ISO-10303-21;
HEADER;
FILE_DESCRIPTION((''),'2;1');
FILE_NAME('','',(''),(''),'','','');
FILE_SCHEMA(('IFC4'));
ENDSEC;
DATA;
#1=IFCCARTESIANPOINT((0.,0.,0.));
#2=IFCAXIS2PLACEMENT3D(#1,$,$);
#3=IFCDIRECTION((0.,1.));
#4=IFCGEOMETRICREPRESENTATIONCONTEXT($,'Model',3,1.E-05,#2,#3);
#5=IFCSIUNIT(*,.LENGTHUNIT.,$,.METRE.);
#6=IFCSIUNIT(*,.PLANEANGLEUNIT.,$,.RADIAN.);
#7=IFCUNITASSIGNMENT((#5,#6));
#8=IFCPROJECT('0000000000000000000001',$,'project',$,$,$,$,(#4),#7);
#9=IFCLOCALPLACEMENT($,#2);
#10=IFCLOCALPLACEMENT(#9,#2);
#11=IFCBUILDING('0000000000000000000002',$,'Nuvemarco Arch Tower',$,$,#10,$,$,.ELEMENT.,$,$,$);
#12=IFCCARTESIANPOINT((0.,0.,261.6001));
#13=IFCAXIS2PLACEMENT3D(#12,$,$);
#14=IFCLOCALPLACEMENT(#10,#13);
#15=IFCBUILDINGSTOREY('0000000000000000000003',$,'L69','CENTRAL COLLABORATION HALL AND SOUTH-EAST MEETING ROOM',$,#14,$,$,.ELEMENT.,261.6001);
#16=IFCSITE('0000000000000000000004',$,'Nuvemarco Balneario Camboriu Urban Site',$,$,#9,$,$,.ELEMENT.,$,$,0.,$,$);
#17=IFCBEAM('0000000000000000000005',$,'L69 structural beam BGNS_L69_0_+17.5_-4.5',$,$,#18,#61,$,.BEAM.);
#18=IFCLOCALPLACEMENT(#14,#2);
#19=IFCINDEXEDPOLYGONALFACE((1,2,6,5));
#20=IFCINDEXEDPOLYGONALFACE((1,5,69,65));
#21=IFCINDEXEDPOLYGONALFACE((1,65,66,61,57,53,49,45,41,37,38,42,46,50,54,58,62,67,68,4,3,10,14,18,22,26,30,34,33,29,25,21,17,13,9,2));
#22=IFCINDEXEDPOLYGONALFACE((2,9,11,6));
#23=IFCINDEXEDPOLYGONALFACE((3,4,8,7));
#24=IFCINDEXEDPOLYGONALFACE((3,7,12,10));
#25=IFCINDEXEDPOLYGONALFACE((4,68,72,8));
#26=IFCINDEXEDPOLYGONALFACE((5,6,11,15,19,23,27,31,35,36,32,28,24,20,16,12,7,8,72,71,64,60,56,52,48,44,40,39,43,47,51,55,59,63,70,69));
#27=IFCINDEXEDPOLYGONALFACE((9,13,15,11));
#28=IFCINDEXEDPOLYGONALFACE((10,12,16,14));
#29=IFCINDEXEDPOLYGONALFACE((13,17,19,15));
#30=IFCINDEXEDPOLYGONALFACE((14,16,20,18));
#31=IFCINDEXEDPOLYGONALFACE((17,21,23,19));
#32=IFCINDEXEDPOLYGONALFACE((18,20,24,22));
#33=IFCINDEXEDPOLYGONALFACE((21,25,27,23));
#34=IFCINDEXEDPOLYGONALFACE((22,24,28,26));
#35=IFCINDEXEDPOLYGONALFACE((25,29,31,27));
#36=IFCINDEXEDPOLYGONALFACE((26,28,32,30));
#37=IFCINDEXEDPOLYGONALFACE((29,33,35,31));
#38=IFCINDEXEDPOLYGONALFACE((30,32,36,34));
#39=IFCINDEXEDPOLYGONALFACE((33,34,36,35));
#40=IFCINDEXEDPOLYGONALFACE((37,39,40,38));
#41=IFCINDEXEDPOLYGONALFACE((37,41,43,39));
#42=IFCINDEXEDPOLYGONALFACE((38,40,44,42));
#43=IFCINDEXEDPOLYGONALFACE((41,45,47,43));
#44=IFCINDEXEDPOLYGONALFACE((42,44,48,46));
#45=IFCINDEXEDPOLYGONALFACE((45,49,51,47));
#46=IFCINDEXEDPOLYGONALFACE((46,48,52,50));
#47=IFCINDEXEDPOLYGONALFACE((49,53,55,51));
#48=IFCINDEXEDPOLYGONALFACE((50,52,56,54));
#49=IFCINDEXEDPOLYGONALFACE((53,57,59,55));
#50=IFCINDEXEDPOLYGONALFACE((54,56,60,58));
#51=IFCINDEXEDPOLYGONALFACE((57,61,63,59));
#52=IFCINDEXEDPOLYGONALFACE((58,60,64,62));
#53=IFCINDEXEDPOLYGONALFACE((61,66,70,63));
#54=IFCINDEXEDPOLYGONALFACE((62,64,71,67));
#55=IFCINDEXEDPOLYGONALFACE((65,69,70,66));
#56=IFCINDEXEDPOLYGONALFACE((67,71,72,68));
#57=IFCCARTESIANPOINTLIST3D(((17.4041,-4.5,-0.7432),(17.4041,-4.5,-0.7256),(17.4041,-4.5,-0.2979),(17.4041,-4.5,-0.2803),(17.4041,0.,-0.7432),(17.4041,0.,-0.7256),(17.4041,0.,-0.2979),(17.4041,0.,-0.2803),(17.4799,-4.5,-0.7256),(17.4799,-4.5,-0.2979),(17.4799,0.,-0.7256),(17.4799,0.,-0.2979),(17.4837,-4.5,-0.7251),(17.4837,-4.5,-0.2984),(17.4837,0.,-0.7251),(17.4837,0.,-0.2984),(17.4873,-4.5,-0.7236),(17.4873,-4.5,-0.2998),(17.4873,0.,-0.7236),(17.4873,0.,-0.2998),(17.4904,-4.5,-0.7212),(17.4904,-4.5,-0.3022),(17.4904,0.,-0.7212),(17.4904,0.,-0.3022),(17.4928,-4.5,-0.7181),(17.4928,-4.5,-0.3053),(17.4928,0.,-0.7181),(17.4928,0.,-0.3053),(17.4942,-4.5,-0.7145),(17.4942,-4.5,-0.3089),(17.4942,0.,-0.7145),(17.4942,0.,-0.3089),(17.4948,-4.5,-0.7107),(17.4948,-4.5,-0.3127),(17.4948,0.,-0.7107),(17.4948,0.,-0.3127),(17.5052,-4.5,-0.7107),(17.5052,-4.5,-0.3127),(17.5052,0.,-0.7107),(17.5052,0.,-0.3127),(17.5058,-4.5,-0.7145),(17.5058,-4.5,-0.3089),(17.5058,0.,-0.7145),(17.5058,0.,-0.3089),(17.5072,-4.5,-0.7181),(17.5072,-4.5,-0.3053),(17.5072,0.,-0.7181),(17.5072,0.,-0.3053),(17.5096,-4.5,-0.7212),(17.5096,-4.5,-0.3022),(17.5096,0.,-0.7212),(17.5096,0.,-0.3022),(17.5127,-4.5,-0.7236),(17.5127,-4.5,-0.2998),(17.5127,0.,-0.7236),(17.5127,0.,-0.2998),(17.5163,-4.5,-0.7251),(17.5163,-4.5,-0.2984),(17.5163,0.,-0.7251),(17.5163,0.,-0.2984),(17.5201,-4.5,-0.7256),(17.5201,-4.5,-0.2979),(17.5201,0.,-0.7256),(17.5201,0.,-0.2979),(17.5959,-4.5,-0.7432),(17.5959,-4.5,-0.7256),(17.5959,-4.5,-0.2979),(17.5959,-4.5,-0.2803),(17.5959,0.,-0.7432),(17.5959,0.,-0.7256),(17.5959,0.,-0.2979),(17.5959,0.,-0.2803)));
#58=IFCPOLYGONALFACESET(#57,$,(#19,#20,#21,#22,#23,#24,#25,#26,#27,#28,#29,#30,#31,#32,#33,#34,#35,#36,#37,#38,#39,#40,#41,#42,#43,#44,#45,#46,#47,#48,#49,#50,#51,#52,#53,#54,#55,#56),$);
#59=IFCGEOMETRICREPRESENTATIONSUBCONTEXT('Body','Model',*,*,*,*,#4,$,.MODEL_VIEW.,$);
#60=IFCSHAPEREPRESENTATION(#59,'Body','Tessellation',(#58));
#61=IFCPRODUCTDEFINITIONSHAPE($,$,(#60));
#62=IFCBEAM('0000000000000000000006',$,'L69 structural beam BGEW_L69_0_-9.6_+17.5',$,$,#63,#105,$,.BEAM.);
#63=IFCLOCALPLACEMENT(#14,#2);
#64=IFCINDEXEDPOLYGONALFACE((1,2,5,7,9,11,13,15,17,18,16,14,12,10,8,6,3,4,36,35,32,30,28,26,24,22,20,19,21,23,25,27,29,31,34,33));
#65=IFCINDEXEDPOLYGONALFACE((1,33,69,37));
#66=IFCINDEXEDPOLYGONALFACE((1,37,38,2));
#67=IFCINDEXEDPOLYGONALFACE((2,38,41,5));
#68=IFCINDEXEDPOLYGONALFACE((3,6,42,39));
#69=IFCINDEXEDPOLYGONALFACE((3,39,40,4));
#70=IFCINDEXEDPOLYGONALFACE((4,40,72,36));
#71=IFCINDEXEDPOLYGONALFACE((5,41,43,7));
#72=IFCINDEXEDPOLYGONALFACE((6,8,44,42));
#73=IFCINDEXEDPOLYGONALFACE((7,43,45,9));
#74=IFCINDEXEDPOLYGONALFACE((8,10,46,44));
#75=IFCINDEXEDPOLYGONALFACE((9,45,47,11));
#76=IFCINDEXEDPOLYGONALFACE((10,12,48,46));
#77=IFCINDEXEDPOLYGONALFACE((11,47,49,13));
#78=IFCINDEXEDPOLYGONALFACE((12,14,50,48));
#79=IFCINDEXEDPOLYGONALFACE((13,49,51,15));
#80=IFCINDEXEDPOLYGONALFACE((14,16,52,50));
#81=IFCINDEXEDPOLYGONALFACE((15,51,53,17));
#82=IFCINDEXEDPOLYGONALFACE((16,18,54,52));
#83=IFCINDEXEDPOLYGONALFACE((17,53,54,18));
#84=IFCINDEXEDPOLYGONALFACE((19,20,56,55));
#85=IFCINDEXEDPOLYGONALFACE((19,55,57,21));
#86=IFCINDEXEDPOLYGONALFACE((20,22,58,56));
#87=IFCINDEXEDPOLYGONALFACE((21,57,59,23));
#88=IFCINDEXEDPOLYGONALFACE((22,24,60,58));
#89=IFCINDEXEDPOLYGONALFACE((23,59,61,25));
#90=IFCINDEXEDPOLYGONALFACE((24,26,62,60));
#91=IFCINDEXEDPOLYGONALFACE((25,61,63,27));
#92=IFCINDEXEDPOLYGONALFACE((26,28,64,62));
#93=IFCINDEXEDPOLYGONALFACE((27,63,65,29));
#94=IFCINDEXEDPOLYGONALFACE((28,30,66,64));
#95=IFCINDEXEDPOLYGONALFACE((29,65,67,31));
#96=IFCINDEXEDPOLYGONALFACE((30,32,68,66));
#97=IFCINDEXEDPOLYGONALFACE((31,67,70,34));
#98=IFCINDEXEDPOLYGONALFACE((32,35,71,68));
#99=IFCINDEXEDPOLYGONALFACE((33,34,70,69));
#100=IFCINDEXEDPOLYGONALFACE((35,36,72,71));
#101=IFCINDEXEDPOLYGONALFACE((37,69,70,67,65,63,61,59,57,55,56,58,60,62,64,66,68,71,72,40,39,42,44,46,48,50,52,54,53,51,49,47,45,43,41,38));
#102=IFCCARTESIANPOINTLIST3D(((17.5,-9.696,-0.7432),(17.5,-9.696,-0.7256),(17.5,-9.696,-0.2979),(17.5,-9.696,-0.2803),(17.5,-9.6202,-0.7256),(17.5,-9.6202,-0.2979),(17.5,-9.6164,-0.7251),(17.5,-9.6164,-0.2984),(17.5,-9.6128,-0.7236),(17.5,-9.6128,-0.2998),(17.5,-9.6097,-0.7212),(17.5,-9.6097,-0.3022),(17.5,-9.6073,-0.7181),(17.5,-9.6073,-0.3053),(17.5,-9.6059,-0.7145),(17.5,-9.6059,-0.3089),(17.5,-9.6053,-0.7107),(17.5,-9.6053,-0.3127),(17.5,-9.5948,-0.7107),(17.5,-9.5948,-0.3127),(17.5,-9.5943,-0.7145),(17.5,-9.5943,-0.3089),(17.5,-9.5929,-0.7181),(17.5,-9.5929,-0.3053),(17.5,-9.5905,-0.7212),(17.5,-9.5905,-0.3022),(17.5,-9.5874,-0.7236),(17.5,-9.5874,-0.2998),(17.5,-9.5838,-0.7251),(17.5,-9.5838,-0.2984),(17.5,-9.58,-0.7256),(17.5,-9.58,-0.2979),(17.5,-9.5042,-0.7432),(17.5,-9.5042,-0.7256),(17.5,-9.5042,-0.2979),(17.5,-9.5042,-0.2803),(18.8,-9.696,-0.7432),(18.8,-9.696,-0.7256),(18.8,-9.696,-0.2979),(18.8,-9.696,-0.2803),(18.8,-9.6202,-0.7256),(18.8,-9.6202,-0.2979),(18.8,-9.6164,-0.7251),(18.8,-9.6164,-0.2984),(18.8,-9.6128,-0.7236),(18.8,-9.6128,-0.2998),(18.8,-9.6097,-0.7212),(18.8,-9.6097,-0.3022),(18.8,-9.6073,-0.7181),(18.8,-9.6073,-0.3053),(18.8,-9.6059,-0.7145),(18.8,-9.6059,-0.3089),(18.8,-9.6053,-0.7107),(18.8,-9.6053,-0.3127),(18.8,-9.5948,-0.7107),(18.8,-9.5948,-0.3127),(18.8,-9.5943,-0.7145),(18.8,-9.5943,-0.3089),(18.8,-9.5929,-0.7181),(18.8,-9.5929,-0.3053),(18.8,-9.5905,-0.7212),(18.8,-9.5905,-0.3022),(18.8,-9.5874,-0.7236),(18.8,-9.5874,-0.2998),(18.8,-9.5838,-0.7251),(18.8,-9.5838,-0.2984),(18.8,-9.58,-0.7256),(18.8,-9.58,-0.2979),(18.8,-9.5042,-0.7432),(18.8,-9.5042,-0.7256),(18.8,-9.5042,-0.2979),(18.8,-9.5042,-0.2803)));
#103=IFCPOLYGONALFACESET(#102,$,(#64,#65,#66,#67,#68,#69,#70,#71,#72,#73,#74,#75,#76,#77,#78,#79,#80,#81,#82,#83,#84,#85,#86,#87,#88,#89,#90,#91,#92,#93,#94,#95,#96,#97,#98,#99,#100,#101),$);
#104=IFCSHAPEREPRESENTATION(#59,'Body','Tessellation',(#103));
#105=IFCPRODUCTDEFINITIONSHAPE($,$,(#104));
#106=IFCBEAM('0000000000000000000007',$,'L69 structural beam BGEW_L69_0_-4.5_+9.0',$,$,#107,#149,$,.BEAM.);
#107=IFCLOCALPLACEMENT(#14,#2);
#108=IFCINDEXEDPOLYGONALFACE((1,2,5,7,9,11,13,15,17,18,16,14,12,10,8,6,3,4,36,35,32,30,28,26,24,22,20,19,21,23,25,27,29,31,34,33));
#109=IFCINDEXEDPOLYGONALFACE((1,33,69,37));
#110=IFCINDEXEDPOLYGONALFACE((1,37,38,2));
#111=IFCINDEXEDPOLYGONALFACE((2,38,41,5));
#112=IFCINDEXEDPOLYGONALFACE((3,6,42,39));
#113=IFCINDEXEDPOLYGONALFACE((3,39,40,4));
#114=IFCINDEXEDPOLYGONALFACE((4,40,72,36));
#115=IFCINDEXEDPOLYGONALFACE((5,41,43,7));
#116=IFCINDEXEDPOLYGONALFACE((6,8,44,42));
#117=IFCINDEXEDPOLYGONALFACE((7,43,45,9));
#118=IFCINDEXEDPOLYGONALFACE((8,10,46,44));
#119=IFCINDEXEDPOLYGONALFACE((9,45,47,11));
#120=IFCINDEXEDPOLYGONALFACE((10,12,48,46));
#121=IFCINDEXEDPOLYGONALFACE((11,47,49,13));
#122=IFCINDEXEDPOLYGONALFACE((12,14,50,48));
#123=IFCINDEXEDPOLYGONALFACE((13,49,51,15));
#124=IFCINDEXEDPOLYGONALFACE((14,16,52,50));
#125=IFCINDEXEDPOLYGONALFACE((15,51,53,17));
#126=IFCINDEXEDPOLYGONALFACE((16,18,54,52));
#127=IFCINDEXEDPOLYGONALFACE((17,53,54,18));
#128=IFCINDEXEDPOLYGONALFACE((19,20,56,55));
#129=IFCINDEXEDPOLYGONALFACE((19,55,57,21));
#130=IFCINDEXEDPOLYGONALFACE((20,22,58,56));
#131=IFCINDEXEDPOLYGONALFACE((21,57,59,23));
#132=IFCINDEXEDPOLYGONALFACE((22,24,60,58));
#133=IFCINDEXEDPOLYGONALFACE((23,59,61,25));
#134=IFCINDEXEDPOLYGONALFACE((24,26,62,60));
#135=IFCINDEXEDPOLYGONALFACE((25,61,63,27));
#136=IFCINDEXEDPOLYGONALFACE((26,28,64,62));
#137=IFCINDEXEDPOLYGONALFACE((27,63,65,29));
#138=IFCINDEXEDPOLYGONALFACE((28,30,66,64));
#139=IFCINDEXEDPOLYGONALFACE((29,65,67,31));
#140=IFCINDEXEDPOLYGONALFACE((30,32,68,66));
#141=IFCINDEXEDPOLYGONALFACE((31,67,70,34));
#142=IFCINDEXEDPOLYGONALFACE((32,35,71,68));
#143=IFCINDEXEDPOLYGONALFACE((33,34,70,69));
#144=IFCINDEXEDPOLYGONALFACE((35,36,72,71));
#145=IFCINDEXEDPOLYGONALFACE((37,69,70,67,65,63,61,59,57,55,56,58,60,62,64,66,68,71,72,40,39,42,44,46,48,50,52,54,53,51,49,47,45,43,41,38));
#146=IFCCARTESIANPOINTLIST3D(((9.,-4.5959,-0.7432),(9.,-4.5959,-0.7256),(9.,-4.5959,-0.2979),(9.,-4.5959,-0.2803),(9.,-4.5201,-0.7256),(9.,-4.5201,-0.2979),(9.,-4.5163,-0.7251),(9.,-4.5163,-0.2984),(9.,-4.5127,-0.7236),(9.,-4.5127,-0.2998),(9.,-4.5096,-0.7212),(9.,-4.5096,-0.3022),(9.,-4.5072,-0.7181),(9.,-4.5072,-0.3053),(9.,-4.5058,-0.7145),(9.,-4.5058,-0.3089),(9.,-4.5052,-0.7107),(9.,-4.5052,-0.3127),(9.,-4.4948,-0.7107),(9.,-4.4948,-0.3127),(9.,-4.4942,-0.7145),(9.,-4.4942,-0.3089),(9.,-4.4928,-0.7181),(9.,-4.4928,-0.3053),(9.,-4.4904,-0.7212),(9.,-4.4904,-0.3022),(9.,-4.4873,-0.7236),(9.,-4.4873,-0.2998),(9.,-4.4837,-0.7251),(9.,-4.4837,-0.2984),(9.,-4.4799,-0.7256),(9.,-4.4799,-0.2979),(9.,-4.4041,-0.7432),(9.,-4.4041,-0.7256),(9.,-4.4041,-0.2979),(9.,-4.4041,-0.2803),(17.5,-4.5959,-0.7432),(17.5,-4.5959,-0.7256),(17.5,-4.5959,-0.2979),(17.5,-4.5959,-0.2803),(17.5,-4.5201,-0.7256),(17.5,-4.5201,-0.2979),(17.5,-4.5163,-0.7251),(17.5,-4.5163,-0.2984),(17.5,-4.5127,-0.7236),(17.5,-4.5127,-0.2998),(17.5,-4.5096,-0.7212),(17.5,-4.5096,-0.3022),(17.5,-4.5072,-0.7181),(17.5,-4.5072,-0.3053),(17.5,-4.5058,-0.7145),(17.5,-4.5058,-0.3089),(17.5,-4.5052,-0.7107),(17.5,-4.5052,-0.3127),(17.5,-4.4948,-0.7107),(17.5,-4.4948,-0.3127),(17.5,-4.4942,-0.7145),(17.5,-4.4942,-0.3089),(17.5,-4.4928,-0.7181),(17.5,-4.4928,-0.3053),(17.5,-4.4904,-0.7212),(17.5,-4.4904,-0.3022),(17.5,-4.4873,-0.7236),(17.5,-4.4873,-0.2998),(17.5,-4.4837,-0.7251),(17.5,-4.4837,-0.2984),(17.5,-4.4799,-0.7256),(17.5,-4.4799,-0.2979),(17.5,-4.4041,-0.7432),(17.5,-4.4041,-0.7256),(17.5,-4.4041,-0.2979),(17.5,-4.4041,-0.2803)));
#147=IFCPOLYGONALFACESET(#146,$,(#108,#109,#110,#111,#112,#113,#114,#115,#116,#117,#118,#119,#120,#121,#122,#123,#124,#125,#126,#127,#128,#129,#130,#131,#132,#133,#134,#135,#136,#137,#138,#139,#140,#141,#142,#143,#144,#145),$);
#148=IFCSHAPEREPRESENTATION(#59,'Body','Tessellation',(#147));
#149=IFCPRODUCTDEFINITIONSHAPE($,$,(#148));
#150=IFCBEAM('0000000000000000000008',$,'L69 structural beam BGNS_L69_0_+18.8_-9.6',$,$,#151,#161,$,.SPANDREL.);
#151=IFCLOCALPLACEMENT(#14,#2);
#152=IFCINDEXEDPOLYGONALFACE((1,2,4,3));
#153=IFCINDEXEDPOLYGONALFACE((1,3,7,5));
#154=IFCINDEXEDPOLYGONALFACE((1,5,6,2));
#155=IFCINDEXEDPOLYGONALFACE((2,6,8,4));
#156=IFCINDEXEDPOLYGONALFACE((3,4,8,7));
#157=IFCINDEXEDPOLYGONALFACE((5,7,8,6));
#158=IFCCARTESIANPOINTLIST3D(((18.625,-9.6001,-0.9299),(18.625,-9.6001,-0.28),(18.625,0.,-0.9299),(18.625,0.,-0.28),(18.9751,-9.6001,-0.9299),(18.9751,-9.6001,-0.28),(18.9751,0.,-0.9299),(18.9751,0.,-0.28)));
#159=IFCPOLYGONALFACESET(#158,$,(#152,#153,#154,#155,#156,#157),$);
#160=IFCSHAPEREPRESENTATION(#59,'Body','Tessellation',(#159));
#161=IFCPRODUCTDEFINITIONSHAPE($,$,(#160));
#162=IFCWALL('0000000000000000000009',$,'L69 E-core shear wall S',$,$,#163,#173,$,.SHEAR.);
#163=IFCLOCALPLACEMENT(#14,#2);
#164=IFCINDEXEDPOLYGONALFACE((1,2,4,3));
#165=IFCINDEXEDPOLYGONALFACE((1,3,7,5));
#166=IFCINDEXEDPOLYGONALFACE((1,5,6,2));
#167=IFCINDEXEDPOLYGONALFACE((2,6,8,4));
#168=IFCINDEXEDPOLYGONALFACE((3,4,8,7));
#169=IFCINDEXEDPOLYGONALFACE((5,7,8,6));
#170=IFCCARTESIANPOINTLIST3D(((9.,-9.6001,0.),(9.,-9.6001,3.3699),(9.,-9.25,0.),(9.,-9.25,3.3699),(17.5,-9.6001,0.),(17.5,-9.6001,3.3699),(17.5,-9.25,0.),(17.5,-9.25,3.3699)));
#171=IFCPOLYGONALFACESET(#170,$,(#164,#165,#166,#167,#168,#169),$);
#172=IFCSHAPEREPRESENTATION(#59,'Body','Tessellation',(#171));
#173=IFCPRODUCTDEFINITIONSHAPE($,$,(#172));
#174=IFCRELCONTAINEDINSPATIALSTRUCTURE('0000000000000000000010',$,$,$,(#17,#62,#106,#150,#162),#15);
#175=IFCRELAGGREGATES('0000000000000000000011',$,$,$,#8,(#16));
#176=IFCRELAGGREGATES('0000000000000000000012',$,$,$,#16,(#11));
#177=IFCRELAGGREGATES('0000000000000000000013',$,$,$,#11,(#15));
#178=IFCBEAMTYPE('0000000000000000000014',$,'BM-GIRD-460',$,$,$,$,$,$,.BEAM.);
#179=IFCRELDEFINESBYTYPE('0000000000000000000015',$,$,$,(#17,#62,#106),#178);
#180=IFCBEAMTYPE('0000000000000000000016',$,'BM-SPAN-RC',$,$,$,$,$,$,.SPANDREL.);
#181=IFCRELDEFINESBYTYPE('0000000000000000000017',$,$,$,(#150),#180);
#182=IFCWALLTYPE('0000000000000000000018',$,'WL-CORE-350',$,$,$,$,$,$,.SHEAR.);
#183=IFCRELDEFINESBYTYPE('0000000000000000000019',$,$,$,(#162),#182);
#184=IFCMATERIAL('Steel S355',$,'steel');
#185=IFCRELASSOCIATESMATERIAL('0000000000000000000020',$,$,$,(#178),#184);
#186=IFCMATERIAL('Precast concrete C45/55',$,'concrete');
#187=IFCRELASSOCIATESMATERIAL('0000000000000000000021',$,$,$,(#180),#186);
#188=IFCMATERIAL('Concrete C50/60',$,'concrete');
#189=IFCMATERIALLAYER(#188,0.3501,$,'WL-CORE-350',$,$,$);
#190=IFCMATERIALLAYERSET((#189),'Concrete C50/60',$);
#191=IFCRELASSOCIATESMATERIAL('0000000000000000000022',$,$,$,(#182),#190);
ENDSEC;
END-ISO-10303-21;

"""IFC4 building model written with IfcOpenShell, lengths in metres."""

from ifc_helpers import new_model, si_unit, direction, frame, frame_2d, origin, origin_2d, place, context, subcontext, project, spatial, rectangle, i_section, extrude, material, layer, layer_set, material_profile, profile_set, type_object, element, save


model = new_model("IFC4")

# Units and contexts
model_context = context("Model", 3, precision=1e-05, world=origin(), true_north=direction((0.0, 1.0)))
body_context = subcontext(model_context, "Body", "Model", "MODEL_VIEW")
ifc_project = project(units=[si_unit("LENGTHUNIT", "METRE"), si_unit("PLANEANGLEUNIT", "RADIAN")], contexts=[model_context])

# Site, building, storey
site_placement = place(None, origin())
site = spatial("IfcSite", under=ifc_project, at=site_placement, Name="Nuvemarco Balneario Camboriu Urban Site", CompositionType="ELEMENT", RefElevation=0.0)
building_placement = place(site_placement, origin())
building = spatial("IfcBuilding", under=site, at=building_placement, Name="Nuvemarco Arch Tower", CompositionType="ELEMENT")
storey_placement = place(building_placement, frame((0.0, 0.0, 261.6001)))
storey = spatial("IfcBuildingStorey", under=building, at=storey_placement, Name="L69", Description="CENTRAL COLLABORATION HALL AND SOUTH-EAST MEETING ROOM", CompositionType="ELEMENT", Elevation=261.6001)

# Shared definitions
ifc_material_1 = material(Name="Concrete C50/60", Category="concrete")
ifc_material_2 = material(Name="Steel S355", Category="steel")

# Beams
ifc_material_profile_1 = material_profile(ifc_material_2, i_section(OverallWidth=0.1919, OverallDepth=0.4629, WebThickness=0.0105, FlangeThickness=0.0176, FilletRadius=0.0149, at=origin_2d()), Name="W460x89")
ifc_profile_set_1 = profile_set([ifc_material_profile_1], Name="Steel S355")
beam_type_1 = type_object("IfcBeamType", Name="BM-GIRD-460", PredefinedType="BEAM", material=ifc_profile_set_1)
beam_1_placement = place(storey_placement, frame((17.5, -4.5, -0.5117), z_axis=(0.0, 1.0, 0.0), x_axis=(-1.0, 0.0, 0.0)))
element("IfcBeam", 1, at=beam_1_placement, inside=storey, type_object=beam_type_1, Name="L69 structural beam BGNS_L69_0_+17.5_-4.5", PredefinedType="BEAM", context=body_context, shape_type="SweptSolid", body=[
    extrude(i_section(OverallWidth=0.1919, OverallDepth=0.4629, WebThickness=0.0105, FlangeThickness=0.0176, FilletRadius=0.0149, at=origin_2d()), origin(), (0.0, 0.0, 1.0), 4.5),
])
beam_2_placement = place(storey_placement, frame((17.5, -9.6001, -0.5117), z_axis=(1.0, 0.0, 0.0), x_axis=(0.0, 1.0, 0.0)))
element("IfcBeam", 2, at=beam_2_placement, inside=storey, type_object=beam_type_1, Name="L69 structural beam BGEW_L69_0_-9.6_+17.5", PredefinedType="BEAM", context=body_context, shape_type="SweptSolid", body=[
    extrude(i_section(OverallWidth=0.1919, OverallDepth=0.4629, WebThickness=0.0105, FlangeThickness=0.0176, FilletRadius=0.0149, at=origin_2d()), origin(), (0.0, 0.0, 1.0), 1.3),
])
beam_3_placement = place(storey_placement, frame((9.0, -4.5, -0.5117), z_axis=(1.0, 0.0, 0.0), x_axis=(0.0, 1.0, 0.0)))
element("IfcBeam", 3, at=beam_3_placement, inside=storey, type_object=beam_type_1, Name="L69 structural beam BGEW_L69_0_-4.5_+9.0", PredefinedType="BEAM", context=body_context, shape_type="SweptSolid", body=[
    extrude(i_section(OverallWidth=0.1919, OverallDepth=0.4629, WebThickness=0.0105, FlangeThickness=0.0176, FilletRadius=0.0149, at=origin_2d()), origin(), (0.0, 0.0, 1.0), 8.5),
])
ifc_material_3 = material(Name="Precast concrete C45/55", Category="concrete")
ifc_material_profile_2 = material_profile(ifc_material_3, rectangle(XDim=0.3501, YDim=0.6499, at=origin_2d()), Name="PC-SP-350x650")
ifc_profile_set_2 = profile_set([ifc_material_profile_2], Name="Precast concrete C45/55")
beam_type_2 = type_object("IfcBeamType", Name="BM-SPAN-RC", PredefinedType="SPANDREL", material=ifc_profile_set_2)
beam_4_placement = place(storey_placement, frame((18.8, -9.6001, -0.605), z_axis=(0.0, 1.0, 0.0), x_axis=(-1.0, 0.0, 0.0)))
element("IfcBeam", 4, at=beam_4_placement, inside=storey, type_object=beam_type_2, Name="L69 structural beam BGNS_L69_0_+18.8_-9.6", PredefinedType="SPANDREL", context=body_context, shape_type="SweptSolid", body=[
    extrude(rectangle(XDim=0.3501, YDim=0.6499, at=origin_2d()), origin(), (0.0, 0.0, 1.0), 9.6001),
])

# Wall
ifc_layer_1 = layer(ifc_material_1, 0.3501, Name="WL-CORE-350")
ifc_layer_set_1 = layer_set([ifc_layer_1], Name="Concrete C50/60")
wall_type_1 = type_object("IfcWallType", Name="WL-CORE-350", PredefinedType="SHEAR", material=ifc_layer_set_1)
wall_1_placement = place(storey_placement, frame((9.0, -9.425, 0.0), z_axis=(0.0, 0.0, 1.0), x_axis=(1.0, 0.0, 0.0)))
element("IfcWall", 5, at=wall_1_placement, inside=storey, type_object=wall_type_1, Name="L69 E-core shear wall S", PredefinedType="SHEAR", context=body_context, shape_type="SweptSolid", body=[
    extrude(rectangle(XDim=8.5, YDim=0.3501, at=frame_2d((4.25, 0.0))), origin(), (0.0, 0.0, 1.0), 3.3699),
])

save(model, "model.ifc")
